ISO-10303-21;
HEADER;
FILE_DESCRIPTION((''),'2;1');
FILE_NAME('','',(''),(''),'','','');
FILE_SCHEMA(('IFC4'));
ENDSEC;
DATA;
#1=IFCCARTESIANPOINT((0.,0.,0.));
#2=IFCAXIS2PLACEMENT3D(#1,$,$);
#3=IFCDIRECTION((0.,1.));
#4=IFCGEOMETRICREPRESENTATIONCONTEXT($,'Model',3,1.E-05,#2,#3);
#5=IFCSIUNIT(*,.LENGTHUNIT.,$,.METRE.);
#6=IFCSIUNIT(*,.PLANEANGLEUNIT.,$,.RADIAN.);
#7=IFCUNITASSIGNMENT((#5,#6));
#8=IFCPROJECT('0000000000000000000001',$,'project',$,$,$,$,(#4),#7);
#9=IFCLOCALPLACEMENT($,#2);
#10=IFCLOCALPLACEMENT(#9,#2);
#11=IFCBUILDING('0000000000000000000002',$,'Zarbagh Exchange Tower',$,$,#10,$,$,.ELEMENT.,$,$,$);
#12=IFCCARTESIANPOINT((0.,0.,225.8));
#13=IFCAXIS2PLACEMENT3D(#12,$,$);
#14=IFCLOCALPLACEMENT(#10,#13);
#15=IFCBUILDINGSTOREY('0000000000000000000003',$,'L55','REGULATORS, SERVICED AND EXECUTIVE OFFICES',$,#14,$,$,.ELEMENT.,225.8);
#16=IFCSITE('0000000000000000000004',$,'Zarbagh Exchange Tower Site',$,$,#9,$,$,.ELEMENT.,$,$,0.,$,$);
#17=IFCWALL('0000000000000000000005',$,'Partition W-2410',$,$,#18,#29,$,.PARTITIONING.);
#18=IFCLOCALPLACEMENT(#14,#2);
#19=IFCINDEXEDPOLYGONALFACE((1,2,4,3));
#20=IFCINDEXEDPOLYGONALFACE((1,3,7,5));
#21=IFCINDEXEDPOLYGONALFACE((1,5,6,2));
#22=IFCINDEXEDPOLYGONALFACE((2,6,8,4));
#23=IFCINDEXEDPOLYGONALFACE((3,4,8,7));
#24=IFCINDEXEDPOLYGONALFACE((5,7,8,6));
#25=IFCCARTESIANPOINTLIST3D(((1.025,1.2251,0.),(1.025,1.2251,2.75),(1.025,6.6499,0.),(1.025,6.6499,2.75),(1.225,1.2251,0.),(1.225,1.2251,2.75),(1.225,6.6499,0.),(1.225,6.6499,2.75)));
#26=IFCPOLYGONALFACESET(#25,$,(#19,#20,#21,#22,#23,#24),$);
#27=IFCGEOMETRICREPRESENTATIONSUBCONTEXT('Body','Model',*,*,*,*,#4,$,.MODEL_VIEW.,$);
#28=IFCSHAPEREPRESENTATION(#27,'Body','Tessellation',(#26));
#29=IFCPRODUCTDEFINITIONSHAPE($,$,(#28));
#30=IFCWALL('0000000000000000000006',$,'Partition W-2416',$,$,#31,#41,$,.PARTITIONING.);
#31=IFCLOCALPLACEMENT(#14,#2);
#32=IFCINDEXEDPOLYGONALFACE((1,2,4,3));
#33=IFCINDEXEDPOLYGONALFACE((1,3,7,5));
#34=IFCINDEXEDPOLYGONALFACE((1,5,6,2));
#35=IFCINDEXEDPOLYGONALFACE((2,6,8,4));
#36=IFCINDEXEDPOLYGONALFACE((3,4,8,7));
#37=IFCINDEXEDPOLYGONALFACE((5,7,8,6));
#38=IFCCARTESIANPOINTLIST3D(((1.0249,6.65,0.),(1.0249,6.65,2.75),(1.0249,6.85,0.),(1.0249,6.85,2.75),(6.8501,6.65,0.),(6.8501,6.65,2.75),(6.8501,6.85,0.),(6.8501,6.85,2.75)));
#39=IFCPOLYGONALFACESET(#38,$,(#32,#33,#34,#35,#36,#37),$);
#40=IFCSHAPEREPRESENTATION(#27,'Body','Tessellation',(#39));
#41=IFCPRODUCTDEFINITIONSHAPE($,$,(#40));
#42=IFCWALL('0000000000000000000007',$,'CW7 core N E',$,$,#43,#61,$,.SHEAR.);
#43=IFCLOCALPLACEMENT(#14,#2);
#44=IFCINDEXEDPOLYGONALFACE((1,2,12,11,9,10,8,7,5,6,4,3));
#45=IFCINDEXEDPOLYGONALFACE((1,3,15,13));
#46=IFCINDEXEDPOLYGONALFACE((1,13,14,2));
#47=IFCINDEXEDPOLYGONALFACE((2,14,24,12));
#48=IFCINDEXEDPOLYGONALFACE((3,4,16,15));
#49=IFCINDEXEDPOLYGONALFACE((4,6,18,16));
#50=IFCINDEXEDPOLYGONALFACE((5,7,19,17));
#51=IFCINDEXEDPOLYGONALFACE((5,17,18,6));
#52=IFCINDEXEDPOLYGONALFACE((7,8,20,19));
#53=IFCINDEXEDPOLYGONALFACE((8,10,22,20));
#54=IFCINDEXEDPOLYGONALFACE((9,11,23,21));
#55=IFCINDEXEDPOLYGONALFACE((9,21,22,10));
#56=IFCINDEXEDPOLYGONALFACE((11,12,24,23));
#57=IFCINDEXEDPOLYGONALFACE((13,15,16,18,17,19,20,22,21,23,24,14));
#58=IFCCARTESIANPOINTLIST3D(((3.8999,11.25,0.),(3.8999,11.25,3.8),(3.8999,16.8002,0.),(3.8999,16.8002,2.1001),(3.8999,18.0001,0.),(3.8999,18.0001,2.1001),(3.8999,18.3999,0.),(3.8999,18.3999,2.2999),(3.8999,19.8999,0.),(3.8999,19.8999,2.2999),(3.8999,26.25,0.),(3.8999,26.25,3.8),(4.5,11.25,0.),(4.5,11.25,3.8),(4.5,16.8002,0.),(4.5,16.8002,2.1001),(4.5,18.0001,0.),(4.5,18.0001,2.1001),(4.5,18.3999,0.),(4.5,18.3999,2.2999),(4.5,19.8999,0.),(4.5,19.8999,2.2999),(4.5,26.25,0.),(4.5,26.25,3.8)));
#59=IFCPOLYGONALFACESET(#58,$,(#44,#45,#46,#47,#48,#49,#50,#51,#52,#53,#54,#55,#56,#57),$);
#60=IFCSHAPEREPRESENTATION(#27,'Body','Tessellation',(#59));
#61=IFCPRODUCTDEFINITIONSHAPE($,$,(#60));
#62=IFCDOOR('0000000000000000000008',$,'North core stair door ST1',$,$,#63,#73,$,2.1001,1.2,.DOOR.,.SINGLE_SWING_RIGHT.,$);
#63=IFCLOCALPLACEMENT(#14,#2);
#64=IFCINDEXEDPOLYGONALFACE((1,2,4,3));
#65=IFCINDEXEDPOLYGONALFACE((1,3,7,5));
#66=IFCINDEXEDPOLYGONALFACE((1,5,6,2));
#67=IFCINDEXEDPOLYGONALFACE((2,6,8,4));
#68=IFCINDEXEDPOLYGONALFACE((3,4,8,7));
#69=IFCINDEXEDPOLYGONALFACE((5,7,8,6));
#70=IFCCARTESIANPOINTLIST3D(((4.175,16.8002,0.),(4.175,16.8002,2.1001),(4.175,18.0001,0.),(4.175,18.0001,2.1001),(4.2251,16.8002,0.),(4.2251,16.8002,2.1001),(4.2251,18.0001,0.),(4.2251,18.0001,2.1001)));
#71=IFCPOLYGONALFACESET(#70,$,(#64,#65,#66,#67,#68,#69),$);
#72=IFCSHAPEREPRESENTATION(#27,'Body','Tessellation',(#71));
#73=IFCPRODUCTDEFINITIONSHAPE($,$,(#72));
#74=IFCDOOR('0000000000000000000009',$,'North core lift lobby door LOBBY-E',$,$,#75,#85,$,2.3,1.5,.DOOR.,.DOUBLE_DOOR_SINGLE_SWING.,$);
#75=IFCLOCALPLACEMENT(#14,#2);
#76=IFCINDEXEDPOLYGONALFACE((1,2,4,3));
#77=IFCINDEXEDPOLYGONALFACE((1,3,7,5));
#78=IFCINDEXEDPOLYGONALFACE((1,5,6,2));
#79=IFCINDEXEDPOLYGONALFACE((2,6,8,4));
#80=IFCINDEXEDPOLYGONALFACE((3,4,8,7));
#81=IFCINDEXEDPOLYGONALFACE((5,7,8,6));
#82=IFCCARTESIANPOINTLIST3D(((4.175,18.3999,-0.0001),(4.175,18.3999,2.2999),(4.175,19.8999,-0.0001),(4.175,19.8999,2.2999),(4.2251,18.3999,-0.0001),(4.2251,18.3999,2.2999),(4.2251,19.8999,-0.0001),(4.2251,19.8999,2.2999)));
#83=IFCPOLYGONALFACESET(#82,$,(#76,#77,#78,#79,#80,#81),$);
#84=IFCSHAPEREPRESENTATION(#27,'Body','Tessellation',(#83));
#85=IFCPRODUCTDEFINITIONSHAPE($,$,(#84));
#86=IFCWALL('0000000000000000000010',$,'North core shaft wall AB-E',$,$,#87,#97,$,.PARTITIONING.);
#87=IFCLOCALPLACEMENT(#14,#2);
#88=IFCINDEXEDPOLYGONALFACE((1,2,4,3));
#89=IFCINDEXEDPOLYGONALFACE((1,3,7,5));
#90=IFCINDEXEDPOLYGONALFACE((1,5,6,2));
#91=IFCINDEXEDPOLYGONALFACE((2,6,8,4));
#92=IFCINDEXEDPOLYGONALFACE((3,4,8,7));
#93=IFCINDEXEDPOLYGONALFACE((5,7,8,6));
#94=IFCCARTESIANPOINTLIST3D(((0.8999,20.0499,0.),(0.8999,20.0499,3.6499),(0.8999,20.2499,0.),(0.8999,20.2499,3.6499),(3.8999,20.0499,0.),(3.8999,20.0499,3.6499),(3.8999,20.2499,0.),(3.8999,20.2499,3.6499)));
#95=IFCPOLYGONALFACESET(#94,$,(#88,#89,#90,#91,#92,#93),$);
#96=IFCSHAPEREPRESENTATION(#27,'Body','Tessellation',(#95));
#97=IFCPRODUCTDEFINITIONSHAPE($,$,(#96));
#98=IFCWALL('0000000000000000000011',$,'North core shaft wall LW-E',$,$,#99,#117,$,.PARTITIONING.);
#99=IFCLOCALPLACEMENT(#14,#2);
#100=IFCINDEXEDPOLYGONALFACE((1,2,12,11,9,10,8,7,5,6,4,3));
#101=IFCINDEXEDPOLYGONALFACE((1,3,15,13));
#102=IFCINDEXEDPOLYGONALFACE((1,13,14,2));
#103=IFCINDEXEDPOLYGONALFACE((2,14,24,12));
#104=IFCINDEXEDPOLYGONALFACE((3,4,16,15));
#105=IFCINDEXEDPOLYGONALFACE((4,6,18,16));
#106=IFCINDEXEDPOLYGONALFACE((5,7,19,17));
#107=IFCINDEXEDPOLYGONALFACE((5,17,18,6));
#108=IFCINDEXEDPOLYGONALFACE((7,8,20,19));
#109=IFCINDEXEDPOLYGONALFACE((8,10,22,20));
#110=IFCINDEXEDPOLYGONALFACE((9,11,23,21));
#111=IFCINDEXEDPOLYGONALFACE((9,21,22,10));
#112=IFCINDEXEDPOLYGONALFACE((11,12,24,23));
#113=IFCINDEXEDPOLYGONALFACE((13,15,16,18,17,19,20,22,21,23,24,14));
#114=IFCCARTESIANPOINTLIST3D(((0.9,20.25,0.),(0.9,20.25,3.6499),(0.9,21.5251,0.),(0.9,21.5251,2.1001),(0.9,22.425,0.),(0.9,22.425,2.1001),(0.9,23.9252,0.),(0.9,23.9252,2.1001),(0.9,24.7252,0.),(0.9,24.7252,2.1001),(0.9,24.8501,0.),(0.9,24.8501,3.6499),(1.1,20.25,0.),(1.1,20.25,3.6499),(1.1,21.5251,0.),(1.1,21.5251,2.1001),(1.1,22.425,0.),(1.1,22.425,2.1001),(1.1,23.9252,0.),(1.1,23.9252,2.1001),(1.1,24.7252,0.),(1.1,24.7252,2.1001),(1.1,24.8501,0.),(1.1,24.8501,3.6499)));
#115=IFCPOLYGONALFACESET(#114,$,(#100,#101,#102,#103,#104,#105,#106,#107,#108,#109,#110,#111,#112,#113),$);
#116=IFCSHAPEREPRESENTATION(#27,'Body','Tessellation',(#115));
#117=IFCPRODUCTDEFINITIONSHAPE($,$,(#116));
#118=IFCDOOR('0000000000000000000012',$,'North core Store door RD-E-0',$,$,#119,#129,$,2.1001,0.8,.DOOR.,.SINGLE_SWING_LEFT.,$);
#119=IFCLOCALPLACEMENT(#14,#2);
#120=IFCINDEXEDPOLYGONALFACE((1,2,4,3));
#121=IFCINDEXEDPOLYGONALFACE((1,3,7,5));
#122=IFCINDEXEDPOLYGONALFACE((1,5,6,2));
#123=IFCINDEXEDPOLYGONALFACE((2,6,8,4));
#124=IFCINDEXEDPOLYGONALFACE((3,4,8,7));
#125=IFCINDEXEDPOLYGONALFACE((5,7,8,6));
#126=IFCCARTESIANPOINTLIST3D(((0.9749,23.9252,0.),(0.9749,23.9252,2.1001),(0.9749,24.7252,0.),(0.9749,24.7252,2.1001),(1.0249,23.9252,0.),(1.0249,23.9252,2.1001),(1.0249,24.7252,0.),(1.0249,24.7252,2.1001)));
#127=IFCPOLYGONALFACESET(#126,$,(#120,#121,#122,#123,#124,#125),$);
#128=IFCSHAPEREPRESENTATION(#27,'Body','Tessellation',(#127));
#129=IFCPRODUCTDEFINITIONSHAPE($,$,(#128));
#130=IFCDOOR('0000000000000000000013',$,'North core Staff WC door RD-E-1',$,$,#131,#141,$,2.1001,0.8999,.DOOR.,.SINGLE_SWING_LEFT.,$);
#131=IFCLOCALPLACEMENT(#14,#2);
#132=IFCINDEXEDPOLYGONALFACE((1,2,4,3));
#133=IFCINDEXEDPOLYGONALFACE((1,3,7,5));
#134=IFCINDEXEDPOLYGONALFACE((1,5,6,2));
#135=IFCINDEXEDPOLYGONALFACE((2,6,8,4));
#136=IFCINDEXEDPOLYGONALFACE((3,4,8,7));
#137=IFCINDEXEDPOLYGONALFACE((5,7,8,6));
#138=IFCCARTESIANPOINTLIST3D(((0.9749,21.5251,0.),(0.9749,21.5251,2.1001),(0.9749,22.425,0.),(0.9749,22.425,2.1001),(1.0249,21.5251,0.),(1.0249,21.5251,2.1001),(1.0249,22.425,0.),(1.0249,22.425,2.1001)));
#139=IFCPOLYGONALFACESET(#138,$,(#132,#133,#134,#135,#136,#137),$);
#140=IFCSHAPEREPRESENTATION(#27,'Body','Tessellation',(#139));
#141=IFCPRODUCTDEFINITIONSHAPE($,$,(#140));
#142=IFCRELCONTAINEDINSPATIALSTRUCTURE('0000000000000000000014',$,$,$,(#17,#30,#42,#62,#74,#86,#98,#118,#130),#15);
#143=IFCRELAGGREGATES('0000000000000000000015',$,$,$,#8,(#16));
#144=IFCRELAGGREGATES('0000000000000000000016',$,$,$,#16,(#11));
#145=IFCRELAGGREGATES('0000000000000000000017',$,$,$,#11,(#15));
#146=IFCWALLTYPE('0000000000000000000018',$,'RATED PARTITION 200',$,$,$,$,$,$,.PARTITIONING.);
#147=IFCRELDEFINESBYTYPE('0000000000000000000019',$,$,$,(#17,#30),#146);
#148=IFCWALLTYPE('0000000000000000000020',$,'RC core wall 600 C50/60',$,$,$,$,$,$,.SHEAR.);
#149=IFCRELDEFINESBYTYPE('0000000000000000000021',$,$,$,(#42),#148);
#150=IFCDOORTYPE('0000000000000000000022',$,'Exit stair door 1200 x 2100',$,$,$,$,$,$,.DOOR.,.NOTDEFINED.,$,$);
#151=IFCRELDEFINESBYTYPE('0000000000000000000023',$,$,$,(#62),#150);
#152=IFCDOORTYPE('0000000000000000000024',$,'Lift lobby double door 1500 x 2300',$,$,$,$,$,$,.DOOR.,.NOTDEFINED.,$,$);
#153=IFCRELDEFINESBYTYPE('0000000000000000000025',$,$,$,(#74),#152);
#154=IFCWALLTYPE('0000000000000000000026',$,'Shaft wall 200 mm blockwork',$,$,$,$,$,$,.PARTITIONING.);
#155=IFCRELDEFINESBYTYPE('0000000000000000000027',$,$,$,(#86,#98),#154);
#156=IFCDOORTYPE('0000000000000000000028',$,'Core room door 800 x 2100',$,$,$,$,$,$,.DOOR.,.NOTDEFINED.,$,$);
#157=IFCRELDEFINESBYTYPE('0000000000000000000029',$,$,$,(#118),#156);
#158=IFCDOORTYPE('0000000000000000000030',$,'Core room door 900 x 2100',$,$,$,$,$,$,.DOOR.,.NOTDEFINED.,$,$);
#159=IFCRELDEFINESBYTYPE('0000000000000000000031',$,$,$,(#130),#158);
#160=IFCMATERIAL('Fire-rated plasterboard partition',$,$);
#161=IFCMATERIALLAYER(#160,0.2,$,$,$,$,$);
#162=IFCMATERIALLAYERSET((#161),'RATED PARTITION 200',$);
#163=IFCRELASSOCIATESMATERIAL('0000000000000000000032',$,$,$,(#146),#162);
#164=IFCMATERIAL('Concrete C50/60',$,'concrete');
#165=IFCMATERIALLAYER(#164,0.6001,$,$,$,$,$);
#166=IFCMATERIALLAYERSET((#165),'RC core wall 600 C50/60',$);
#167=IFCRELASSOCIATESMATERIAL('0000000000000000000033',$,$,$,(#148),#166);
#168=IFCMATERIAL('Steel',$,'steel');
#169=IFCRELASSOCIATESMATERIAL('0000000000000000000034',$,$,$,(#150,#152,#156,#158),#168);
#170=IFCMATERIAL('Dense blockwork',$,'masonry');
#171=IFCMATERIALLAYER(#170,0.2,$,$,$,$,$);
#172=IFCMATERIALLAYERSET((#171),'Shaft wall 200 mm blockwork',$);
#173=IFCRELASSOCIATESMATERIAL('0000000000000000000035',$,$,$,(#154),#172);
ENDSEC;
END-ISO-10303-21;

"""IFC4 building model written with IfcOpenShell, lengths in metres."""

from ifc_helpers import new_model, si_unit, direction, frame, frame_2d, origin, place, context, subcontext, project, spatial, rectangle, extrude, material, layer, layer_set, type_object, element, fill, save


model = new_model("IFC4")

# Units and contexts
model_context = context("Model", 3, precision=1e-05, world=origin(), true_north=direction((0.0, 1.0)))
body_context = subcontext(model_context, "Body", "Model", "MODEL_VIEW")
ifc_project = project(units=[si_unit("LENGTHUNIT", "METRE"), si_unit("PLANEANGLEUNIT", "RADIAN")], contexts=[model_context])

# Site, building, storey
site_placement = place(None, origin())
site = spatial("IfcSite", under=ifc_project, at=site_placement, Name="Zarbagh Exchange Tower Site", CompositionType="ELEMENT", RefElevation=0.0)
building_placement = place(site_placement, origin())
building = spatial("IfcBuilding", under=site, at=building_placement, Name="Zarbagh Exchange Tower", CompositionType="ELEMENT")
storey_placement = place(building_placement, frame((0.0, 0.0, 225.8)))
storey = spatial("IfcBuildingStorey", under=building, at=storey_placement, Name="L55", Description="REGULATORS, SERVICED AND EXECUTIVE OFFICES", CompositionType="ELEMENT", Elevation=225.8)

# Shared definitions
ifc_material_1 = material(Name="Concrete C50/60", Category="concrete")

# Shared definitions
ifc_material_2 = material(Name="Dense blockwork", Category="masonry")

# Shared definitions
ifc_material_3 = material(Name="Fire-rated plasterboard partition")
ifc_layer_1 = layer(ifc_material_3, 0.2)
ifc_layer_set_1 = layer_set([ifc_layer_1], Name="RATED PARTITION 200")
wall_type_1 = type_object("IfcWallType", Name="RATED PARTITION 200", PredefinedType="PARTITIONING", material=ifc_layer_set_1)

# Walls
wall_1_placement = place(storey_placement, frame((1.125, 1.2251, 0.0), z_axis=(0.0, 0.0, 1.0), x_axis=(0.0, 1.0, 0.0)))
element("IfcWall", 1, at=wall_1_placement, inside=storey, type_object=wall_type_1, Name="Partition W-2410", PredefinedType="PARTITIONING", context=body_context, shape_type="SweptSolid", body=[
    extrude(rectangle(XDim=5.4248, YDim=0.2, at=frame_2d((2.7124, 0.0))), origin(), (0.0, 0.0, 1.0), 2.75),
])
wall_2_placement = place(storey_placement, frame((1.0249, 6.75, 0.0), z_axis=(0.0, 0.0, 1.0), x_axis=(1.0, 0.0, 0.0)))
element("IfcWall", 2, at=wall_2_placement, inside=storey, type_object=wall_type_1, Name="Partition W-2416", PredefinedType="PARTITIONING", context=body_context, shape_type="SweptSolid", body=[
    extrude(rectangle(XDim=5.8252, YDim=0.2, at=frame_2d((2.9126, 0.0))), origin(), (0.0, 0.0, 1.0), 2.75),
])

# Wall, openings, doors
ifc_layer_2 = layer(ifc_material_1, 0.6001)
ifc_layer_set_2 = layer_set([ifc_layer_2], Name="RC core wall 600 C50/60")
wall_type_2 = type_object("IfcWallType", Name="RC core wall 600 C50/60", PredefinedType="SHEAR", material=ifc_layer_set_2)
wall_3_placement = place(storey_placement, frame((4.2, 11.25, 0.0), z_axis=(0.0, 0.0, 1.0), x_axis=(0.0, 1.0, 0.0)))
wall_3 = element("IfcWall", 3, at=wall_3_placement, inside=storey, type_object=wall_type_2, Name="CW7 core N E", PredefinedType="SHEAR", context=body_context, shape_type="SweptSolid", body=[
    extrude(rectangle(XDim=15.0, YDim=0.6001, at=frame_2d((7.5, 0.0))), origin(), (0.0, 0.0, 1.0), 3.8),
])
opening_1_placement = place(wall_3_placement, frame((7.1499, 0.0, 0.0)))
opening_1 = element("IfcOpeningElement", 4, at=opening_1_placement, cuts=wall_3, PredefinedType="OPENING", context=body_context, shape_type="SweptSolid", body=[
    extrude(rectangle(XDim=1.5, YDim=2.3, at=frame_2d((0.75, 1.1499))), frame((0.0, 0.3101, 0.0), z_axis=(0.0, -1.0, 0.0), x_axis=(1.0, 0.0, 0.0)), (0.0, 0.0, 1.0), 0.6201),
])
opening_2_placement = place(wall_3_placement, frame((5.55, 0.0, 0.0)))
opening_2 = element("IfcOpeningElement", 5, at=opening_2_placement, cuts=wall_3, PredefinedType="OPENING", context=body_context, shape_type="SweptSolid", body=[
    extrude(rectangle(XDim=1.2, YDim=2.1001, at=frame_2d((0.6001, 1.05))), frame((0.0, 0.3101, 0.0), z_axis=(0.0, -1.0, 0.0), x_axis=(1.0, 0.0, 0.0)), (0.0, 0.0, 1.0), 0.6201),
])
ifc_material_4 = material(Name="Steel", Category="steel")
door_type_1 = type_object("IfcDoorType", Name="Exit stair door 1200 x 2100", OperationType="NOTDEFINED", PredefinedType="DOOR", material=ifc_material_4)
door_1_placement = place(opening_2_placement, origin())
door_1 = element("IfcDoor", 6, at=door_1_placement, inside=storey, type_object=door_type_1, Name="North core stair door ST1", OperationType="SINGLE_SWING_RIGHT", OverallHeight=2.1001, OverallWidth=1.2, PredefinedType="DOOR", context=body_context, shape_type="SweptSolid", body=[
    extrude(rectangle(XDim=1.2, YDim=2.1001, at=frame_2d((0.6001, 1.05))), frame((0.0, 0.0249, 0.0), z_axis=(0.0, -1.0, 0.0), x_axis=(1.0, 0.0, 0.0)), (0.0, 0.0, 1.0), 0.05),
])
fill(opening_2, door_1)
door_type_2 = type_object("IfcDoorType", Name="Lift lobby double door 1500 x 2300", OperationType="NOTDEFINED", PredefinedType="DOOR", material=ifc_material_4)
door_2_placement = place(opening_1_placement, origin())
door_2 = element("IfcDoor", 7, at=door_2_placement, inside=storey, type_object=door_type_2, Name="North core lift lobby door LOBBY-E", OperationType="DOUBLE_DOOR_SINGLE_SWING", OverallHeight=2.3, OverallWidth=1.5, PredefinedType="DOOR", context=body_context, shape_type="SweptSolid", body=[
    extrude(rectangle(XDim=1.5, YDim=2.3, at=frame_2d((0.75, 1.1499))), frame((0.0, 0.0249, 0.0), z_axis=(0.0, -1.0, 0.0), x_axis=(1.0, 0.0, 0.0)), (0.0, 0.0, 1.0), 0.05),
])
fill(opening_1, door_2)

# Wall
ifc_layer_3 = layer(ifc_material_2, 0.2)
ifc_layer_set_3 = layer_set([ifc_layer_3], Name="Shaft wall 200 mm blockwork")
wall_type_3 = type_object("IfcWallType", Name="Shaft wall 200 mm blockwork", PredefinedType="PARTITIONING", material=ifc_layer_set_3)
wall_4_placement = place(storey_placement, frame((0.8999, 20.1499, 0.0), z_axis=(0.0, 0.0, 1.0), x_axis=(1.0, 0.0, 0.0)))
element("IfcWall", 8, at=wall_4_placement, inside=storey, type_object=wall_type_3, Name="North core shaft wall AB-E", PredefinedType="PARTITIONING", context=body_context, shape_type="SweptSolid", body=[
    extrude(rectangle(XDim=3.0, YDim=0.2, at=frame_2d((1.5, 0.0))), origin(), (0.0, 0.0, 1.0), 3.6499),
])

# Wall, openings, doors
wall_5_placement = place(storey_placement, frame((1.0, 24.8501, 0.0), z_axis=(0.0, 0.0, 1.0), x_axis=(0.0, -1.0, 0.0)))
wall_5 = element("IfcWall", 9, at=wall_5_placement, inside=storey, type_object=wall_type_3, Name="North core shaft wall LW-E", PredefinedType="PARTITIONING", context=body_context, shape_type="SweptSolid", body=[
    extrude(rectangle(XDim=4.6001, YDim=0.2, at=frame_2d((2.3, 0.0))), origin(), (0.0, 0.0, 1.0), 3.6499),
])
opening_3_placement = place(wall_5_placement, frame((0.125, 0.0, 0.0)))
opening_3 = element("IfcOpeningElement", 10, at=opening_3_placement, cuts=wall_5, PredefinedType="OPENING", context=body_context, shape_type="SweptSolid", body=[
    extrude(rectangle(XDim=0.8, YDim=2.1001, at=frame_2d((0.3999, 1.05))), frame((0.0, 0.1099, 0.0), z_axis=(0.0, -1.0, 0.0), x_axis=(1.0, 0.0, 0.0)), (0.0, 0.0, 1.0), 0.22),
])
opening_4_placement = place(wall_5_placement, frame((2.425, 0.0, 0.0)))
opening_4 = element("IfcOpeningElement", 11, at=opening_4_placement, cuts=wall_5, PredefinedType="OPENING", context=body_context, shape_type="SweptSolid", body=[
    extrude(rectangle(XDim=0.8999, YDim=2.1001, at=frame_2d((0.45, 1.05))), frame((0.0, 0.1099, 0.0), z_axis=(0.0, -1.0, 0.0), x_axis=(1.0, 0.0, 0.0)), (0.0, 0.0, 1.0), 0.22),
])
door_type_3 = type_object("IfcDoorType", Name="Core room door 800 x 2100", OperationType="NOTDEFINED", PredefinedType="DOOR", material=ifc_material_4)
door_3_placement = place(opening_3_placement, origin())
door_3 = element("IfcDoor", 12, at=door_3_placement, inside=storey, type_object=door_type_3, Name="North core Store door RD-E-0", OperationType="SINGLE_SWING_LEFT", OverallHeight=2.1001, OverallWidth=0.8, PredefinedType="DOOR", context=body_context, shape_type="SweptSolid", body=[
    extrude(rectangle(XDim=0.8, YDim=2.1001, at=frame_2d((0.3999, 1.05))), frame((0.0, 0.0249, 0.0), z_axis=(0.0, -1.0, 0.0), x_axis=(1.0, 0.0, 0.0)), (0.0, 0.0, 1.0), 0.05),
])
fill(opening_3, door_3)
door_type_4 = type_object("IfcDoorType", Name="Core room door 900 x 2100", OperationType="NOTDEFINED", PredefinedType="DOOR", material=ifc_material_4)
door_4_placement = place(opening_4_placement, origin())
door_4 = element("IfcDoor", 13, at=door_4_placement, inside=storey, type_object=door_type_4, Name="North core Staff WC door RD-E-1", OperationType="SINGLE_SWING_LEFT", OverallHeight=2.1001, OverallWidth=0.8999, PredefinedType="DOOR", context=body_context, shape_type="SweptSolid", body=[
    extrude(rectangle(XDim=0.8999, YDim=2.1001, at=frame_2d((0.45, 1.05))), frame((0.0, 0.0249, 0.0), z_axis=(0.0, -1.0, 0.0), x_axis=(1.0, 0.0, 0.0)), (0.0, 0.0, 1.0), 0.05),
])
fill(opening_4, door_4)

save(model, "model.ifc")
